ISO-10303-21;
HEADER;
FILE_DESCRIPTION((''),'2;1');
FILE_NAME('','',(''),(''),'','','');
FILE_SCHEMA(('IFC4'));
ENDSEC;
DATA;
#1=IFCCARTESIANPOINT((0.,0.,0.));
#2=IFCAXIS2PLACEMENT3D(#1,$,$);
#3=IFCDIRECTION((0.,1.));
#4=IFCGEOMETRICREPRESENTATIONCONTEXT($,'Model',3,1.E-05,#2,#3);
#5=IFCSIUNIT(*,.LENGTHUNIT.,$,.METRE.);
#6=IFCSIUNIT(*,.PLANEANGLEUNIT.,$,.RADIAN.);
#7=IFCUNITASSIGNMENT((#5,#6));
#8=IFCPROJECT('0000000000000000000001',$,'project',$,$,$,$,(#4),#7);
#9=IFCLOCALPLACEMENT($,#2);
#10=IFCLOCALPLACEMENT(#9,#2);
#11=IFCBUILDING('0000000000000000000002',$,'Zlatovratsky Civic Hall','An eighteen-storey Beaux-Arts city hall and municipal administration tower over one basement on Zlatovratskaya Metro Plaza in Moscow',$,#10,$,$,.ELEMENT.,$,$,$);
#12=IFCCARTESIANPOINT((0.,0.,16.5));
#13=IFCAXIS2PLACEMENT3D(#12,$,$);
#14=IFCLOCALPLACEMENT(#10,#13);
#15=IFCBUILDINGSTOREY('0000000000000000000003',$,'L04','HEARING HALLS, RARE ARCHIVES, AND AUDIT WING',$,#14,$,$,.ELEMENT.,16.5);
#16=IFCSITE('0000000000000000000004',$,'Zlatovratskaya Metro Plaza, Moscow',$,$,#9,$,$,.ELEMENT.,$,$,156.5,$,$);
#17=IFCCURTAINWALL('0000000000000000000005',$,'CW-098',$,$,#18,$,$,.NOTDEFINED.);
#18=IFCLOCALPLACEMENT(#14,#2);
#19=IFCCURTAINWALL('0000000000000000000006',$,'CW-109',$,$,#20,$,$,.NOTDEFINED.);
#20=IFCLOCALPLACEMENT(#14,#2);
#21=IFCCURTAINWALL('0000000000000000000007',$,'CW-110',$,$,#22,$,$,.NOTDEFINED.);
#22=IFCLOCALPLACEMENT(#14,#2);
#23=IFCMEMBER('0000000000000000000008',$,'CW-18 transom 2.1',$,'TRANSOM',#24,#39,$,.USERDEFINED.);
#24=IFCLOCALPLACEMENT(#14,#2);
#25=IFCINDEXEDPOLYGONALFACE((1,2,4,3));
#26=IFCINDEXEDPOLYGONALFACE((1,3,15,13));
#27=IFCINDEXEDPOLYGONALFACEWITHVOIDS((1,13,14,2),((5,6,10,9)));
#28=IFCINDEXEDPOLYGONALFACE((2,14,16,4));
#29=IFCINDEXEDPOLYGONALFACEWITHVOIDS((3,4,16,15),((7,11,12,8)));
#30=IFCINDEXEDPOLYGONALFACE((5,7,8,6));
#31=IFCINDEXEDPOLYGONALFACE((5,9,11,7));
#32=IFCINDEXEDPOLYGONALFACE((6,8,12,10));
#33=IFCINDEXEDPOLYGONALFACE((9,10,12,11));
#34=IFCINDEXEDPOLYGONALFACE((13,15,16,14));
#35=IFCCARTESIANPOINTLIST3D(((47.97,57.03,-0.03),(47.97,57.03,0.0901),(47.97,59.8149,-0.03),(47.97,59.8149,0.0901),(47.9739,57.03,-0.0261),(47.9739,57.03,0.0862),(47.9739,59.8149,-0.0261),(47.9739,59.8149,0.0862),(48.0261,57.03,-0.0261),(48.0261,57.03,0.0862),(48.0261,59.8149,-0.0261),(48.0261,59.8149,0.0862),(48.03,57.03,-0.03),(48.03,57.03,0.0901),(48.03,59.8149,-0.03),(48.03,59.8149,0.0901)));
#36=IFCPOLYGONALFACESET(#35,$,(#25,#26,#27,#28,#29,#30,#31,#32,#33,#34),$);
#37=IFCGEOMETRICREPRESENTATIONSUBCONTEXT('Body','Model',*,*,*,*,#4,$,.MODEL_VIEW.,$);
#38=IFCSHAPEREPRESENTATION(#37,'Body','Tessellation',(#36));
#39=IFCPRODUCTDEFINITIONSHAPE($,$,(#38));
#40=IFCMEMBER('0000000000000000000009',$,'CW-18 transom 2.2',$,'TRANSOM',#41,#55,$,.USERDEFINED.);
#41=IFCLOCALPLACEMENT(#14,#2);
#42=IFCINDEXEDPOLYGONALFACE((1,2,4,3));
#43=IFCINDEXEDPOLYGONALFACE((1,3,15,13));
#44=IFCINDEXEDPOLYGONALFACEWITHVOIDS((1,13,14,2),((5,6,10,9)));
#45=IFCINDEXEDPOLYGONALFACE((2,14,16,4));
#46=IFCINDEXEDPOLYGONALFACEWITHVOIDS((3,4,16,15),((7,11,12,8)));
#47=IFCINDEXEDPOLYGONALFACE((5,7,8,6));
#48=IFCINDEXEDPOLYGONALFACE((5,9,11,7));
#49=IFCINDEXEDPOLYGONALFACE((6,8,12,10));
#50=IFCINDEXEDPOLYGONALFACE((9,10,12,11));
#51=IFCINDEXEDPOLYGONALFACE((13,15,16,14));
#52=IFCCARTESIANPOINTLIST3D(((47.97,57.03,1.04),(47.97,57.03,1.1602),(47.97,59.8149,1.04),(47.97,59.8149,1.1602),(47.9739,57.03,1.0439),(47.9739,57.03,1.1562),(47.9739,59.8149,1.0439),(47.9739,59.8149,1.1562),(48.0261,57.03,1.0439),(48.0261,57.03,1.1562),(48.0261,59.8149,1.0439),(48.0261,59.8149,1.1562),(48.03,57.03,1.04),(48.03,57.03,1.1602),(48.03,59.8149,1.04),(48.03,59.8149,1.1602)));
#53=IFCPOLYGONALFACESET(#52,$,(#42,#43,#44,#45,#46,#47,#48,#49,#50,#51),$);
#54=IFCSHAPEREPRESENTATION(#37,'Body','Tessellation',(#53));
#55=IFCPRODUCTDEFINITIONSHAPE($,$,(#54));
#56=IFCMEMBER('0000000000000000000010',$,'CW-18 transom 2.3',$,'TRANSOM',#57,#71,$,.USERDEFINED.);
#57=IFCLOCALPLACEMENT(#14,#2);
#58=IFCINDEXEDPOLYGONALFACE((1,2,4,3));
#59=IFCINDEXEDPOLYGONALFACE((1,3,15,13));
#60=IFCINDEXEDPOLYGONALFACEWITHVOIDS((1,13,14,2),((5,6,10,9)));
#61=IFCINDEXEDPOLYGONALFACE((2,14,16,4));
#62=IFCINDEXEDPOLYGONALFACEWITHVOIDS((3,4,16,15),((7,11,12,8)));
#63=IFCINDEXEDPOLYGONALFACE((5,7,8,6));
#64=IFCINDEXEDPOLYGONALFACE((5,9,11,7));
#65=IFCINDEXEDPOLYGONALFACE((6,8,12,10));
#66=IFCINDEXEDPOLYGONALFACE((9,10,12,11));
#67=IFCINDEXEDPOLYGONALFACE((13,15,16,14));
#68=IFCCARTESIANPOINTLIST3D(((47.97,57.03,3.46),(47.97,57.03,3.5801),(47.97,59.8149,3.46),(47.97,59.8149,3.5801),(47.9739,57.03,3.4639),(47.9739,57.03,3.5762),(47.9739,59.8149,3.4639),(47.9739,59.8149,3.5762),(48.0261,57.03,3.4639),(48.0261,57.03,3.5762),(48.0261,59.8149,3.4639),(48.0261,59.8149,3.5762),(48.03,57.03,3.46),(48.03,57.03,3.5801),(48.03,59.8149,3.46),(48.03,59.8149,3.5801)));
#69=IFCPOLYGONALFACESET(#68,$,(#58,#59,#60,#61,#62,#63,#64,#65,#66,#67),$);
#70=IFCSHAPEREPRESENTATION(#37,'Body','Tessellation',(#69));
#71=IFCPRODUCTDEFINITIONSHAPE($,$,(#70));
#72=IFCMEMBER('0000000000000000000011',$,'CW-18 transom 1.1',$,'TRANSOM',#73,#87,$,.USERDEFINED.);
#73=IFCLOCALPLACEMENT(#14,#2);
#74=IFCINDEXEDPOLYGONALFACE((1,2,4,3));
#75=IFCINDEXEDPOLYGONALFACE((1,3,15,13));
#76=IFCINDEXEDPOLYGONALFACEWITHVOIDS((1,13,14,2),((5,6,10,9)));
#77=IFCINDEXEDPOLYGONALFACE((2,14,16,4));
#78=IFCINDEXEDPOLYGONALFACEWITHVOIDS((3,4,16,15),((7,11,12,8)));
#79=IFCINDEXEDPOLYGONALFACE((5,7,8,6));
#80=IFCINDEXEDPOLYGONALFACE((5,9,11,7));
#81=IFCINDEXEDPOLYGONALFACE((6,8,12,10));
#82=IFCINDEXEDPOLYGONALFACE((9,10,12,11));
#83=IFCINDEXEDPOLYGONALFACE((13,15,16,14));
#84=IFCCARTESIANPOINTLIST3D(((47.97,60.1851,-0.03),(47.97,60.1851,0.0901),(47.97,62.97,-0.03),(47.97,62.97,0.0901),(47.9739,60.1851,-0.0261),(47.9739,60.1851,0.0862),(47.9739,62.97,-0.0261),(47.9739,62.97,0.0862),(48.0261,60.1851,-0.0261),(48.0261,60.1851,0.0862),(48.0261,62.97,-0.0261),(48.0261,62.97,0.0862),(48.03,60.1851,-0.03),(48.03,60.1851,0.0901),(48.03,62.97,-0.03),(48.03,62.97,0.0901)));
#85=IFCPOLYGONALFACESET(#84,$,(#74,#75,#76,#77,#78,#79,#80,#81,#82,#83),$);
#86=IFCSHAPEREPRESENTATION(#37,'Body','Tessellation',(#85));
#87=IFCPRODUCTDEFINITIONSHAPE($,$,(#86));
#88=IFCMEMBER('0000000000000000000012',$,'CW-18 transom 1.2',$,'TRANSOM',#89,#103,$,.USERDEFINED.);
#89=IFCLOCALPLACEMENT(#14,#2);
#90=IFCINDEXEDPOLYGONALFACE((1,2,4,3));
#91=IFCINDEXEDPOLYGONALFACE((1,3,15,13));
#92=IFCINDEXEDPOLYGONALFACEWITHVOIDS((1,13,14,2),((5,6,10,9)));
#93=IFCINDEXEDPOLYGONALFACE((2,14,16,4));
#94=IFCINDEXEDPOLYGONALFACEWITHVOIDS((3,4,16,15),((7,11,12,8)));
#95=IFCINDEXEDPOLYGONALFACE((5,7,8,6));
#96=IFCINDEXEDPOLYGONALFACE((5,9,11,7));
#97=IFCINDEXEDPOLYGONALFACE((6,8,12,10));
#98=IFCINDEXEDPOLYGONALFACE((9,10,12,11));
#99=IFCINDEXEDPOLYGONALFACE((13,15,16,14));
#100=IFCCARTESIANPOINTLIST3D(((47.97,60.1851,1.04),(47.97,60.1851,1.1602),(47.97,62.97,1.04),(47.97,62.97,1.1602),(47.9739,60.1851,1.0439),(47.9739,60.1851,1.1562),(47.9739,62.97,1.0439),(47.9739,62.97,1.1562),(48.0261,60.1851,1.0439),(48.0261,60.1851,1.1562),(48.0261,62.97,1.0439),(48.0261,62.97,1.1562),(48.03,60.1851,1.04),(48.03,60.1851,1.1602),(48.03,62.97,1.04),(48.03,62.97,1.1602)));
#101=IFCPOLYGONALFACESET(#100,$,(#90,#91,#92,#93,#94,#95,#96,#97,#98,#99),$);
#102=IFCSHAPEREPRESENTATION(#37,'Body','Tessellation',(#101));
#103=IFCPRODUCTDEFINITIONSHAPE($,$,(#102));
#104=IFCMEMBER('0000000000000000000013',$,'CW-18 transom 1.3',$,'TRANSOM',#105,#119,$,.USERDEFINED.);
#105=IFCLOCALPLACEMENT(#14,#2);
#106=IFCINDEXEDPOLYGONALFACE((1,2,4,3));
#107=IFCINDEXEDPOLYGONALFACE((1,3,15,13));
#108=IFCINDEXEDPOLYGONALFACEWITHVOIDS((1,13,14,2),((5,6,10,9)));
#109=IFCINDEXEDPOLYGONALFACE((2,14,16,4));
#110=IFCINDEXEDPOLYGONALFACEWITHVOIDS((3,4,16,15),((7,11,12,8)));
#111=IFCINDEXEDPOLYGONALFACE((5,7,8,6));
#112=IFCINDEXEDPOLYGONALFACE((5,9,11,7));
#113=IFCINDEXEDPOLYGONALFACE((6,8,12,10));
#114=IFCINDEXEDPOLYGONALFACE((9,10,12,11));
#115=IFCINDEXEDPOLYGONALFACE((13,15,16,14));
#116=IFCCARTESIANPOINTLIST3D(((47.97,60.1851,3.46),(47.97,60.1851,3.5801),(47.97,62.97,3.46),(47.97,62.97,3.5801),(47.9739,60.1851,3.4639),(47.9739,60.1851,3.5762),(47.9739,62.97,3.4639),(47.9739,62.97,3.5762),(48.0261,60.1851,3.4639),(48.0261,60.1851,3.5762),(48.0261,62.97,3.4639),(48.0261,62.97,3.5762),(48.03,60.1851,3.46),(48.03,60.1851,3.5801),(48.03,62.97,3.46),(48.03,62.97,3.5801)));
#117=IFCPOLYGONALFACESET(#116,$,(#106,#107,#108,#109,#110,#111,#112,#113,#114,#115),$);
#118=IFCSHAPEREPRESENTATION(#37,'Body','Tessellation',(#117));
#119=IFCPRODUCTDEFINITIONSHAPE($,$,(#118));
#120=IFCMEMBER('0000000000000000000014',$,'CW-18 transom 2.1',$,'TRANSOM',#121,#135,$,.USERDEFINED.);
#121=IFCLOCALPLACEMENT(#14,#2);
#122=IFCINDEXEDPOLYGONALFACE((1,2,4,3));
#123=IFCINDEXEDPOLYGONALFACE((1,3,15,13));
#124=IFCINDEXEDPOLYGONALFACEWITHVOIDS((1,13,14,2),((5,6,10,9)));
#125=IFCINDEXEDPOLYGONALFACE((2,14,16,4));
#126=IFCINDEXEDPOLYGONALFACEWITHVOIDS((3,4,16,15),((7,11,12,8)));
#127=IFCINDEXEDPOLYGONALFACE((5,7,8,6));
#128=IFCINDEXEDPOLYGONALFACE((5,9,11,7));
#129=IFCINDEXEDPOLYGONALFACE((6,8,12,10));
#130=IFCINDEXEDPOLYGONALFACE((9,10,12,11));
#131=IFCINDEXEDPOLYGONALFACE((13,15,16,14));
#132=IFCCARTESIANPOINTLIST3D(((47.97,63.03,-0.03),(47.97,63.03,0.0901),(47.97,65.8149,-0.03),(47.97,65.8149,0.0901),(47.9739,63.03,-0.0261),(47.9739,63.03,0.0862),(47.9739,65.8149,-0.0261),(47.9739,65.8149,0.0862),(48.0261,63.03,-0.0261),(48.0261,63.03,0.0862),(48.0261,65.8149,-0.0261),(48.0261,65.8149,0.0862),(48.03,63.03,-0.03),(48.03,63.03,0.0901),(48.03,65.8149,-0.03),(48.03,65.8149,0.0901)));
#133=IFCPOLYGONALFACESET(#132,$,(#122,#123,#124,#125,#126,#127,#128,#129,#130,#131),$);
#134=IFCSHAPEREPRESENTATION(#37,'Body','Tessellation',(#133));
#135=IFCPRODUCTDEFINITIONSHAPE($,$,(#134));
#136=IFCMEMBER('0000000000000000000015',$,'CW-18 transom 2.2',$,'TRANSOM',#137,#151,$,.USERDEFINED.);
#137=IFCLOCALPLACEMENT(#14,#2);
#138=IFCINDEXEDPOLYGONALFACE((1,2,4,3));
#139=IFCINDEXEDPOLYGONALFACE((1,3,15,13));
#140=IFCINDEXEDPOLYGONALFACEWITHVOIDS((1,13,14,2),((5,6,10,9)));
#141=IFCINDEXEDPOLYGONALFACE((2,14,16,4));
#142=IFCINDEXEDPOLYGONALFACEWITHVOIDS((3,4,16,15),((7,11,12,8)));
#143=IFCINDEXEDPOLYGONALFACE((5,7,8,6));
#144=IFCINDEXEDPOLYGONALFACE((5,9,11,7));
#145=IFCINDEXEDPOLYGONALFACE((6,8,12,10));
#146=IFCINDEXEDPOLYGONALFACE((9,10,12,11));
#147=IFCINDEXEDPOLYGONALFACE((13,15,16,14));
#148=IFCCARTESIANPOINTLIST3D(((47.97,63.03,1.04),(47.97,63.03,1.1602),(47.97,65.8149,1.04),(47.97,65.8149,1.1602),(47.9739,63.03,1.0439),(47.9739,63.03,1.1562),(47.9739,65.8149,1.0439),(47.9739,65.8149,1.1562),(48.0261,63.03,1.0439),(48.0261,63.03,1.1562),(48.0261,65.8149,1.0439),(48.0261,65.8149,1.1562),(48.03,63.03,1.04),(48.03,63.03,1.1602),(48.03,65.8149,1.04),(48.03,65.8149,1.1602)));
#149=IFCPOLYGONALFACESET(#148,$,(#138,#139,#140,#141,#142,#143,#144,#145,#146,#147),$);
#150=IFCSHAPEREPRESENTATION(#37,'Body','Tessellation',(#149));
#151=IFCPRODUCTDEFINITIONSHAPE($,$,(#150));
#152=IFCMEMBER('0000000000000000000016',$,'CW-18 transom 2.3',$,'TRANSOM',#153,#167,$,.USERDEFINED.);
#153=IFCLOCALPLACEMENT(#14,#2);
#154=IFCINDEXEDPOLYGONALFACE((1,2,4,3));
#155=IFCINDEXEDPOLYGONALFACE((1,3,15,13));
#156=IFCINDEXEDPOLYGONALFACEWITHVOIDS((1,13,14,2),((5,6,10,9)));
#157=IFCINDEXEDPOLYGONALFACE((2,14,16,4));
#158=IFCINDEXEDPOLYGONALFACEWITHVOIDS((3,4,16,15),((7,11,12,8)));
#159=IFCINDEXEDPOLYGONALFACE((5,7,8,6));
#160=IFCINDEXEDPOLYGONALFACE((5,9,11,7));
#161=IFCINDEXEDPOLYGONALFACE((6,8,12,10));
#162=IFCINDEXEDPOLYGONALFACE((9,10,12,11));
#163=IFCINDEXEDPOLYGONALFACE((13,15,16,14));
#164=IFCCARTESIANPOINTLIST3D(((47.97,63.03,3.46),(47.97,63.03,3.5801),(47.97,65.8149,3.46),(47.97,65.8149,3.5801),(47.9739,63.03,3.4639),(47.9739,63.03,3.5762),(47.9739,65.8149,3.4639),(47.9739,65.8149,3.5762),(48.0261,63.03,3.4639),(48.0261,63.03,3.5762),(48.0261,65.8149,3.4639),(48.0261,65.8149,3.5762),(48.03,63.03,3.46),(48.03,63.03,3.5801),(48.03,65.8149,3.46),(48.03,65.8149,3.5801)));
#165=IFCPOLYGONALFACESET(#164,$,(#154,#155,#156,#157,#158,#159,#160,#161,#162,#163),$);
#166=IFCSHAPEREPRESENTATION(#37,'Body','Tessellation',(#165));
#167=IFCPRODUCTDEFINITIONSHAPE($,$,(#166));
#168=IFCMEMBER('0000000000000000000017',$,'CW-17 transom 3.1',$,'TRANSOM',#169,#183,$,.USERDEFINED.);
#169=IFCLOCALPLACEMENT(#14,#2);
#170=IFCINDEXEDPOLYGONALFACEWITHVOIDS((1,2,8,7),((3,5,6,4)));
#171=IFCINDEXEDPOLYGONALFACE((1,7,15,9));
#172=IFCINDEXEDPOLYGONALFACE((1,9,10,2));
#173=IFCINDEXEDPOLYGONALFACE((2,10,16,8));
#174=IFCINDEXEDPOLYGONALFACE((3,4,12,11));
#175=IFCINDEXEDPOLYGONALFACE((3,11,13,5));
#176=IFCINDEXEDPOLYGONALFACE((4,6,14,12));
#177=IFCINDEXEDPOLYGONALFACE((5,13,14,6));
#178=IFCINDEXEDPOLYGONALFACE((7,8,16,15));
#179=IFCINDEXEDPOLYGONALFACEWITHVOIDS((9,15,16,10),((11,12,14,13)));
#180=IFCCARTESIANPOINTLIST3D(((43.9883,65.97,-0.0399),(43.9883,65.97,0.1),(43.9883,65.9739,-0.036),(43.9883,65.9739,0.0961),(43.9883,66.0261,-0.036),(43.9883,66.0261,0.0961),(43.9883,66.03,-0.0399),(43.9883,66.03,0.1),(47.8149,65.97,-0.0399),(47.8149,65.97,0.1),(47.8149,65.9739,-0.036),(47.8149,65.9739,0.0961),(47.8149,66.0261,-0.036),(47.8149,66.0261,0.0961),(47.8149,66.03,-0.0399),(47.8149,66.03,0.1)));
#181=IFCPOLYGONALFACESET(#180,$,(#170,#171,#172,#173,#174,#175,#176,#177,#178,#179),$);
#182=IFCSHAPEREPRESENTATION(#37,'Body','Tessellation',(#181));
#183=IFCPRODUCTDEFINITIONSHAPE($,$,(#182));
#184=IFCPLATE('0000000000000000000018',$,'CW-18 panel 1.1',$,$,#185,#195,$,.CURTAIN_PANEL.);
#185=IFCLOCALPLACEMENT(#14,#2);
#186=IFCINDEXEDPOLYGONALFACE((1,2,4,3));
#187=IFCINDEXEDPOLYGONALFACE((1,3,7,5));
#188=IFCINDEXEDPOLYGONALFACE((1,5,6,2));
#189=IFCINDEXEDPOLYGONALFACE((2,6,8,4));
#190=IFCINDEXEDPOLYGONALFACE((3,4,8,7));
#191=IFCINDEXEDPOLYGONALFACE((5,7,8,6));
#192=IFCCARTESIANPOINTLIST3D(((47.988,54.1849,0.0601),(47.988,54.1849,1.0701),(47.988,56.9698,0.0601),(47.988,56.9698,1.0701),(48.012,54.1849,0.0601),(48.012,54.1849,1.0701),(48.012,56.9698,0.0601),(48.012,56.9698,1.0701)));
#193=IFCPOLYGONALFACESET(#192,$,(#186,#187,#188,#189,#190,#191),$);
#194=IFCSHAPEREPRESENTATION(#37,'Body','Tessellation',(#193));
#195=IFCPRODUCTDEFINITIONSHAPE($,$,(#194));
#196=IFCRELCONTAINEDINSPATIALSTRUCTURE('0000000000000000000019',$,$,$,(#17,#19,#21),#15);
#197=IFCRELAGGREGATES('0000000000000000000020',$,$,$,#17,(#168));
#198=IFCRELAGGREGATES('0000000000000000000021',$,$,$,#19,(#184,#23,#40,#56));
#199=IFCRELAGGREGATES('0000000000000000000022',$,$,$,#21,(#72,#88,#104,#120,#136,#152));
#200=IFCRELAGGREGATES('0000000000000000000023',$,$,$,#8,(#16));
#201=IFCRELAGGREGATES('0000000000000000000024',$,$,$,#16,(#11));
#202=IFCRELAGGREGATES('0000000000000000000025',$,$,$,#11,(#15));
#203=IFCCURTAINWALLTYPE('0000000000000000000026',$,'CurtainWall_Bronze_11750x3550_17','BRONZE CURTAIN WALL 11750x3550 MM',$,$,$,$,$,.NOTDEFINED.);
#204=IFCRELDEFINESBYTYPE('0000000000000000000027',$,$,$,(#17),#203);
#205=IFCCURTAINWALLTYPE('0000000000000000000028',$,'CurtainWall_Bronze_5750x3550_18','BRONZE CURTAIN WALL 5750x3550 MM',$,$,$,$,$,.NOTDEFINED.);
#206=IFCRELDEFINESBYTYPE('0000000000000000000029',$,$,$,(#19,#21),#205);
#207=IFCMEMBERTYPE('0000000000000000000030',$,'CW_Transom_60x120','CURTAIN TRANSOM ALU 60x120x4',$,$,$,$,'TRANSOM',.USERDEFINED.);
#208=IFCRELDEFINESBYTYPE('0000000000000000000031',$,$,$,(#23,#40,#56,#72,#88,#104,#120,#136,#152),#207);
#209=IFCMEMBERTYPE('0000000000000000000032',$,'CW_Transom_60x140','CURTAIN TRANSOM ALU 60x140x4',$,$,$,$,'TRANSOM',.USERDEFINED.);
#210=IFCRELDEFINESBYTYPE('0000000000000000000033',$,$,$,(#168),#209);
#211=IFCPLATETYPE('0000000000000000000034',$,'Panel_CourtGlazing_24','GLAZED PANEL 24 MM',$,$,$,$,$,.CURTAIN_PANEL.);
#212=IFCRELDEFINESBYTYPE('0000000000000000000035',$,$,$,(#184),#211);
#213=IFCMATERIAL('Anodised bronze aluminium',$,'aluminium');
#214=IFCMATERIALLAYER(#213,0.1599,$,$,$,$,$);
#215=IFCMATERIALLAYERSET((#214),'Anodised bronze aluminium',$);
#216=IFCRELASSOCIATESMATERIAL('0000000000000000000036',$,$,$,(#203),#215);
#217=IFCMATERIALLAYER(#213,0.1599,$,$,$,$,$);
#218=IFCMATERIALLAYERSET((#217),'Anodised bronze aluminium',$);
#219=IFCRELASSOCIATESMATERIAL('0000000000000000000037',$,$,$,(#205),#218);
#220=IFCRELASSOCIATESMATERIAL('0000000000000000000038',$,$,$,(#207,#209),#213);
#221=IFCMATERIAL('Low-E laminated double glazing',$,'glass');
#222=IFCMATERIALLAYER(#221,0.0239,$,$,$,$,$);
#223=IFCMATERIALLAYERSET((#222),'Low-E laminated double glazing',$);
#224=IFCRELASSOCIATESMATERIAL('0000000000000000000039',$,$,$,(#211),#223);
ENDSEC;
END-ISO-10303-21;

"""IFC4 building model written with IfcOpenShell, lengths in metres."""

from ifc_helpers import new_model, si_unit, direction, frame, origin, origin_2d, place, context, subcontext, project, spatial, rectangle, hollow_rectangle, extrude, material, layer, layer_set, material_profile, profile_set, type_object, element, aggregate, save


model = new_model("IFC4")

# Units and contexts
model_context = context("Model", 3, precision=1e-05, world=origin(), true_north=direction((0.0, 1.0)))
body_context = subcontext(model_context, "Body", "Model", "MODEL_VIEW")
ifc_project = project(units=[si_unit("LENGTHUNIT", "METRE"), si_unit("PLANEANGLEUNIT", "RADIAN")], contexts=[model_context])

# Site, building, storey
site_placement = place(None, origin())
site = spatial("IfcSite", under=ifc_project, at=site_placement, Name="Zlatovratskaya Metro Plaza, Moscow", CompositionType="ELEMENT", RefElevation=156.5)
building_placement = place(site_placement, origin())
building = spatial("IfcBuilding", under=site, at=building_placement, Name="Zlatovratsky Civic Hall", Description="An eighteen-storey Beaux-Arts city hall and municipal administration tower over one basement on Zlatovratskaya Metro Plaza in Moscow", CompositionType="ELEMENT")
storey_placement = place(building_placement, frame((0.0, 0.0, 16.5)))
storey = spatial("IfcBuildingStorey", under=building, at=storey_placement, Name="L04", Description="HEARING HALLS, RARE ARCHIVES, AND AUDIT WING", CompositionType="ELEMENT", Elevation=16.5)

# Curtain wall
ifc_material_1 = material(Name="Anodised bronze aluminium", Category="aluminium")
ifc_layer_1 = layer(ifc_material_1, 0.1599)
ifc_layer_set_1 = layer_set([ifc_layer_1], Name="Anodised bronze aluminium")
curtain_wall_type_1 = type_object("IfcCurtainWallType", Name="CurtainWall_Bronze_11750x3550_17", Description="BRONZE CURTAIN WALL 11750x3550 MM", PredefinedType="NOTDEFINED", material=ifc_layer_set_1)
curtain_wall_1_placement = place(storey_placement, origin())
curtain_wall_1 = element("IfcCurtainWall", 1, at=curtain_wall_1_placement, inside=storey, type_object=curtain_wall_type_1, Name="CW-098", PredefinedType="NOTDEFINED")

# Curtain walls
ifc_layer_2 = layer(ifc_material_1, 0.1599)
ifc_layer_set_2 = layer_set([ifc_layer_2], Name="Anodised bronze aluminium")
curtain_wall_type_2 = type_object("IfcCurtainWallType", Name="CurtainWall_Bronze_5750x3550_18", Description="BRONZE CURTAIN WALL 5750x3550 MM", PredefinedType="NOTDEFINED", material=ifc_layer_set_2)
curtain_wall_2_placement = place(storey_placement, origin())
curtain_wall_2 = element("IfcCurtainWall", 2, at=curtain_wall_2_placement, inside=storey, type_object=curtain_wall_type_2, Name="CW-109", PredefinedType="NOTDEFINED")
curtain_wall_3_placement = place(storey_placement, origin())
curtain_wall_3 = element("IfcCurtainWall", 3, at=curtain_wall_3_placement, inside=storey, type_object=curtain_wall_type_2, Name="CW-110", PredefinedType="NOTDEFINED")

# Members
ifc_material_profile_1 = material_profile(ifc_material_1, hollow_rectangle(XDim=0.0601, YDim=0.1201, WallThickness=0.0039, at=origin_2d()), Name="ALU 60x120x4")
ifc_profile_set_1 = profile_set([ifc_material_profile_1], Name="Anodised bronze aluminium")
member_type_1 = type_object("IfcMemberType", Name="CW_Transom_60x120", Description="CURTAIN TRANSOM ALU 60x120x4", ElementType="TRANSOM", PredefinedType="USERDEFINED", material=ifc_profile_set_1)
member_1_placement = place(storey_placement, frame((48.0, 57.03, 0.03), z_axis=(0.0, 1.0, 0.0), x_axis=(-1.0, 0.0, 0.0)))
member_1 = element("IfcMember", 4, at=member_1_placement, type_object=member_type_1, Name="CW-18 transom 2.1", ObjectType="TRANSOM", PredefinedType="USERDEFINED", context=body_context, shape_type="SweptSolid", body=[
    extrude(hollow_rectangle(XDim=0.0601, YDim=0.1201, WallThickness=0.0039, at=origin_2d()), origin(), (0.0, 0.0, 1.0), 2.7849),
])
member_2_placement = place(storey_placement, frame((48.0, 57.03, 1.1001), z_axis=(0.0, 1.0, 0.0), x_axis=(-1.0, 0.0, 0.0)))
member_2 = element("IfcMember", 5, at=member_2_placement, type_object=member_type_1, Name="CW-18 transom 2.2", ObjectType="TRANSOM", PredefinedType="USERDEFINED", context=body_context, shape_type="SweptSolid", body=[
    extrude(hollow_rectangle(XDim=0.0601, YDim=0.1201, WallThickness=0.0039, at=origin_2d()), origin(), (0.0, 0.0, 1.0), 2.7849),
])
member_3_placement = place(storey_placement, frame((48.0, 57.03, 3.52), z_axis=(0.0, 1.0, 0.0), x_axis=(-1.0, 0.0, 0.0)))
member_3 = element("IfcMember", 6, at=member_3_placement, type_object=member_type_1, Name="CW-18 transom 2.3", ObjectType="TRANSOM", PredefinedType="USERDEFINED", context=body_context, shape_type="SweptSolid", body=[
    extrude(hollow_rectangle(XDim=0.0601, YDim=0.1201, WallThickness=0.0039, at=origin_2d()), origin(), (0.0, 0.0, 1.0), 2.7849),
])
member_4_placement = place(storey_placement, frame((48.0, 60.1851, 0.03), z_axis=(0.0, 1.0, 0.0), x_axis=(-1.0, 0.0, 0.0)))
member_4 = element("IfcMember", 7, at=member_4_placement, type_object=member_type_1, Name="CW-18 transom 1.1", ObjectType="TRANSOM", PredefinedType="USERDEFINED", context=body_context, shape_type="SweptSolid", body=[
    extrude(hollow_rectangle(XDim=0.0601, YDim=0.1201, WallThickness=0.0039, at=origin_2d()), origin(), (0.0, 0.0, 1.0), 2.7849),
])
member_5_placement = place(storey_placement, frame((48.0, 60.1851, 1.1001), z_axis=(0.0, 1.0, 0.0), x_axis=(-1.0, 0.0, 0.0)))
member_5 = element("IfcMember", 8, at=member_5_placement, type_object=member_type_1, Name="CW-18 transom 1.2", ObjectType="TRANSOM", PredefinedType="USERDEFINED", context=body_context, shape_type="SweptSolid", body=[
    extrude(hollow_rectangle(XDim=0.0601, YDim=0.1201, WallThickness=0.0039, at=origin_2d()), origin(), (0.0, 0.0, 1.0), 2.7849),
])
member_6_placement = place(storey_placement, frame((48.0, 60.1851, 3.52), z_axis=(0.0, 1.0, 0.0), x_axis=(-1.0, 0.0, 0.0)))
member_6 = element("IfcMember", 9, at=member_6_placement, type_object=member_type_1, Name="CW-18 transom 1.3", ObjectType="TRANSOM", PredefinedType="USERDEFINED", context=body_context, shape_type="SweptSolid", body=[
    extrude(hollow_rectangle(XDim=0.0601, YDim=0.1201, WallThickness=0.0039, at=origin_2d()), origin(), (0.0, 0.0, 1.0), 2.7849),
])
member_7_placement = place(storey_placement, frame((48.0, 63.03, 0.03), z_axis=(0.0, 1.0, 0.0), x_axis=(-1.0, 0.0, 0.0)))
member_7 = element("IfcMember", 10, at=member_7_placement, type_object=member_type_1, Name="CW-18 transom 2.1", ObjectType="TRANSOM", PredefinedType="USERDEFINED", context=body_context, shape_type="SweptSolid", body=[
    extrude(hollow_rectangle(XDim=0.0601, YDim=0.1201, WallThickness=0.0039, at=origin_2d()), origin(), (0.0, 0.0, 1.0), 2.7849),
])
member_8_placement = place(storey_placement, frame((48.0, 63.03, 1.1001), z_axis=(0.0, 1.0, 0.0), x_axis=(-1.0, 0.0, 0.0)))
member_8 = element("IfcMember", 11, at=member_8_placement, type_object=member_type_1, Name="CW-18 transom 2.2", ObjectType="TRANSOM", PredefinedType="USERDEFINED", context=body_context, shape_type="SweptSolid", body=[
    extrude(hollow_rectangle(XDim=0.0601, YDim=0.1201, WallThickness=0.0039, at=origin_2d()), origin(), (0.0, 0.0, 1.0), 2.7849),
])
member_9_placement = place(storey_placement, frame((48.0, 63.03, 3.52), z_axis=(0.0, 1.0, 0.0), x_axis=(-1.0, 0.0, 0.0)))
member_9 = element("IfcMember", 12, at=member_9_placement, type_object=member_type_1, Name="CW-18 transom 2.3", ObjectType="TRANSOM", PredefinedType="USERDEFINED", context=body_context, shape_type="SweptSolid", body=[
    extrude(hollow_rectangle(XDim=0.0601, YDim=0.1201, WallThickness=0.0039, at=origin_2d()), origin(), (0.0, 0.0, 1.0), 2.7849),
])
ifc_material_profile_2 = material_profile(ifc_material_1, hollow_rectangle(XDim=0.0601, YDim=0.1399, WallThickness=0.0039, at=origin_2d()), Name="ALU 60x140x4")
ifc_profile_set_2 = profile_set([ifc_material_profile_2], Name="Anodised bronze aluminium")
member_type_2 = type_object("IfcMemberType", Name="CW_Transom_60x140", Description="CURTAIN TRANSOM ALU 60x140x4", ElementType="TRANSOM", PredefinedType="USERDEFINED", material=ifc_profile_set_2)
member_10_placement = place(storey_placement, frame((43.9883, 66.0, 0.03), z_axis=(1.0, 0.0, 0.0), x_axis=(0.0, 1.0, 0.0)))
member_10 = element("IfcMember", 13, at=member_10_placement, type_object=member_type_2, Name="CW-17 transom 3.1", ObjectType="TRANSOM", PredefinedType="USERDEFINED", context=body_context, shape_type="SweptSolid", body=[
    extrude(hollow_rectangle(XDim=0.0601, YDim=0.1399, WallThickness=0.0039, at=origin_2d()), origin(), (0.0, 0.0, 1.0), 3.8267),
])
aggregate(curtain_wall_1, [member_10])

# Plate
ifc_material_2 = material(Name="Low-E laminated double glazing", Category="glass")
ifc_layer_3 = layer(ifc_material_2, 0.0239)
ifc_layer_set_3 = layer_set([ifc_layer_3], Name="Low-E laminated double glazing")
plate_type = type_object("IfcPlateType", Name="Panel_CourtGlazing_24", Description="GLAZED PANEL 24 MM", PredefinedType="CURTAIN_PANEL", material=ifc_layer_set_3)
plate_1_placement = place(storey_placement, frame((48.0, 55.5774, 0.0601), z_axis=(0.0, 0.0, 1.0), x_axis=(0.0, 1.0, 0.0)))
plate_1 = element("IfcPlate", 14, at=plate_1_placement, type_object=plate_type, Name="CW-18 panel 1.1", PredefinedType="CURTAIN_PANEL", context=body_context, shape_type="SweptSolid", body=[
    extrude(rectangle(XDim=2.7849, YDim=0.0239, at=origin_2d()), origin(), (0.0, 0.0, 1.0), 1.01),
])
aggregate(curtain_wall_2, [plate_1, member_1, member_2, member_3])
aggregate(curtain_wall_3, [member_4, member_5, member_6, member_7, member_8, member_9])

save(model, "model.ifc")
